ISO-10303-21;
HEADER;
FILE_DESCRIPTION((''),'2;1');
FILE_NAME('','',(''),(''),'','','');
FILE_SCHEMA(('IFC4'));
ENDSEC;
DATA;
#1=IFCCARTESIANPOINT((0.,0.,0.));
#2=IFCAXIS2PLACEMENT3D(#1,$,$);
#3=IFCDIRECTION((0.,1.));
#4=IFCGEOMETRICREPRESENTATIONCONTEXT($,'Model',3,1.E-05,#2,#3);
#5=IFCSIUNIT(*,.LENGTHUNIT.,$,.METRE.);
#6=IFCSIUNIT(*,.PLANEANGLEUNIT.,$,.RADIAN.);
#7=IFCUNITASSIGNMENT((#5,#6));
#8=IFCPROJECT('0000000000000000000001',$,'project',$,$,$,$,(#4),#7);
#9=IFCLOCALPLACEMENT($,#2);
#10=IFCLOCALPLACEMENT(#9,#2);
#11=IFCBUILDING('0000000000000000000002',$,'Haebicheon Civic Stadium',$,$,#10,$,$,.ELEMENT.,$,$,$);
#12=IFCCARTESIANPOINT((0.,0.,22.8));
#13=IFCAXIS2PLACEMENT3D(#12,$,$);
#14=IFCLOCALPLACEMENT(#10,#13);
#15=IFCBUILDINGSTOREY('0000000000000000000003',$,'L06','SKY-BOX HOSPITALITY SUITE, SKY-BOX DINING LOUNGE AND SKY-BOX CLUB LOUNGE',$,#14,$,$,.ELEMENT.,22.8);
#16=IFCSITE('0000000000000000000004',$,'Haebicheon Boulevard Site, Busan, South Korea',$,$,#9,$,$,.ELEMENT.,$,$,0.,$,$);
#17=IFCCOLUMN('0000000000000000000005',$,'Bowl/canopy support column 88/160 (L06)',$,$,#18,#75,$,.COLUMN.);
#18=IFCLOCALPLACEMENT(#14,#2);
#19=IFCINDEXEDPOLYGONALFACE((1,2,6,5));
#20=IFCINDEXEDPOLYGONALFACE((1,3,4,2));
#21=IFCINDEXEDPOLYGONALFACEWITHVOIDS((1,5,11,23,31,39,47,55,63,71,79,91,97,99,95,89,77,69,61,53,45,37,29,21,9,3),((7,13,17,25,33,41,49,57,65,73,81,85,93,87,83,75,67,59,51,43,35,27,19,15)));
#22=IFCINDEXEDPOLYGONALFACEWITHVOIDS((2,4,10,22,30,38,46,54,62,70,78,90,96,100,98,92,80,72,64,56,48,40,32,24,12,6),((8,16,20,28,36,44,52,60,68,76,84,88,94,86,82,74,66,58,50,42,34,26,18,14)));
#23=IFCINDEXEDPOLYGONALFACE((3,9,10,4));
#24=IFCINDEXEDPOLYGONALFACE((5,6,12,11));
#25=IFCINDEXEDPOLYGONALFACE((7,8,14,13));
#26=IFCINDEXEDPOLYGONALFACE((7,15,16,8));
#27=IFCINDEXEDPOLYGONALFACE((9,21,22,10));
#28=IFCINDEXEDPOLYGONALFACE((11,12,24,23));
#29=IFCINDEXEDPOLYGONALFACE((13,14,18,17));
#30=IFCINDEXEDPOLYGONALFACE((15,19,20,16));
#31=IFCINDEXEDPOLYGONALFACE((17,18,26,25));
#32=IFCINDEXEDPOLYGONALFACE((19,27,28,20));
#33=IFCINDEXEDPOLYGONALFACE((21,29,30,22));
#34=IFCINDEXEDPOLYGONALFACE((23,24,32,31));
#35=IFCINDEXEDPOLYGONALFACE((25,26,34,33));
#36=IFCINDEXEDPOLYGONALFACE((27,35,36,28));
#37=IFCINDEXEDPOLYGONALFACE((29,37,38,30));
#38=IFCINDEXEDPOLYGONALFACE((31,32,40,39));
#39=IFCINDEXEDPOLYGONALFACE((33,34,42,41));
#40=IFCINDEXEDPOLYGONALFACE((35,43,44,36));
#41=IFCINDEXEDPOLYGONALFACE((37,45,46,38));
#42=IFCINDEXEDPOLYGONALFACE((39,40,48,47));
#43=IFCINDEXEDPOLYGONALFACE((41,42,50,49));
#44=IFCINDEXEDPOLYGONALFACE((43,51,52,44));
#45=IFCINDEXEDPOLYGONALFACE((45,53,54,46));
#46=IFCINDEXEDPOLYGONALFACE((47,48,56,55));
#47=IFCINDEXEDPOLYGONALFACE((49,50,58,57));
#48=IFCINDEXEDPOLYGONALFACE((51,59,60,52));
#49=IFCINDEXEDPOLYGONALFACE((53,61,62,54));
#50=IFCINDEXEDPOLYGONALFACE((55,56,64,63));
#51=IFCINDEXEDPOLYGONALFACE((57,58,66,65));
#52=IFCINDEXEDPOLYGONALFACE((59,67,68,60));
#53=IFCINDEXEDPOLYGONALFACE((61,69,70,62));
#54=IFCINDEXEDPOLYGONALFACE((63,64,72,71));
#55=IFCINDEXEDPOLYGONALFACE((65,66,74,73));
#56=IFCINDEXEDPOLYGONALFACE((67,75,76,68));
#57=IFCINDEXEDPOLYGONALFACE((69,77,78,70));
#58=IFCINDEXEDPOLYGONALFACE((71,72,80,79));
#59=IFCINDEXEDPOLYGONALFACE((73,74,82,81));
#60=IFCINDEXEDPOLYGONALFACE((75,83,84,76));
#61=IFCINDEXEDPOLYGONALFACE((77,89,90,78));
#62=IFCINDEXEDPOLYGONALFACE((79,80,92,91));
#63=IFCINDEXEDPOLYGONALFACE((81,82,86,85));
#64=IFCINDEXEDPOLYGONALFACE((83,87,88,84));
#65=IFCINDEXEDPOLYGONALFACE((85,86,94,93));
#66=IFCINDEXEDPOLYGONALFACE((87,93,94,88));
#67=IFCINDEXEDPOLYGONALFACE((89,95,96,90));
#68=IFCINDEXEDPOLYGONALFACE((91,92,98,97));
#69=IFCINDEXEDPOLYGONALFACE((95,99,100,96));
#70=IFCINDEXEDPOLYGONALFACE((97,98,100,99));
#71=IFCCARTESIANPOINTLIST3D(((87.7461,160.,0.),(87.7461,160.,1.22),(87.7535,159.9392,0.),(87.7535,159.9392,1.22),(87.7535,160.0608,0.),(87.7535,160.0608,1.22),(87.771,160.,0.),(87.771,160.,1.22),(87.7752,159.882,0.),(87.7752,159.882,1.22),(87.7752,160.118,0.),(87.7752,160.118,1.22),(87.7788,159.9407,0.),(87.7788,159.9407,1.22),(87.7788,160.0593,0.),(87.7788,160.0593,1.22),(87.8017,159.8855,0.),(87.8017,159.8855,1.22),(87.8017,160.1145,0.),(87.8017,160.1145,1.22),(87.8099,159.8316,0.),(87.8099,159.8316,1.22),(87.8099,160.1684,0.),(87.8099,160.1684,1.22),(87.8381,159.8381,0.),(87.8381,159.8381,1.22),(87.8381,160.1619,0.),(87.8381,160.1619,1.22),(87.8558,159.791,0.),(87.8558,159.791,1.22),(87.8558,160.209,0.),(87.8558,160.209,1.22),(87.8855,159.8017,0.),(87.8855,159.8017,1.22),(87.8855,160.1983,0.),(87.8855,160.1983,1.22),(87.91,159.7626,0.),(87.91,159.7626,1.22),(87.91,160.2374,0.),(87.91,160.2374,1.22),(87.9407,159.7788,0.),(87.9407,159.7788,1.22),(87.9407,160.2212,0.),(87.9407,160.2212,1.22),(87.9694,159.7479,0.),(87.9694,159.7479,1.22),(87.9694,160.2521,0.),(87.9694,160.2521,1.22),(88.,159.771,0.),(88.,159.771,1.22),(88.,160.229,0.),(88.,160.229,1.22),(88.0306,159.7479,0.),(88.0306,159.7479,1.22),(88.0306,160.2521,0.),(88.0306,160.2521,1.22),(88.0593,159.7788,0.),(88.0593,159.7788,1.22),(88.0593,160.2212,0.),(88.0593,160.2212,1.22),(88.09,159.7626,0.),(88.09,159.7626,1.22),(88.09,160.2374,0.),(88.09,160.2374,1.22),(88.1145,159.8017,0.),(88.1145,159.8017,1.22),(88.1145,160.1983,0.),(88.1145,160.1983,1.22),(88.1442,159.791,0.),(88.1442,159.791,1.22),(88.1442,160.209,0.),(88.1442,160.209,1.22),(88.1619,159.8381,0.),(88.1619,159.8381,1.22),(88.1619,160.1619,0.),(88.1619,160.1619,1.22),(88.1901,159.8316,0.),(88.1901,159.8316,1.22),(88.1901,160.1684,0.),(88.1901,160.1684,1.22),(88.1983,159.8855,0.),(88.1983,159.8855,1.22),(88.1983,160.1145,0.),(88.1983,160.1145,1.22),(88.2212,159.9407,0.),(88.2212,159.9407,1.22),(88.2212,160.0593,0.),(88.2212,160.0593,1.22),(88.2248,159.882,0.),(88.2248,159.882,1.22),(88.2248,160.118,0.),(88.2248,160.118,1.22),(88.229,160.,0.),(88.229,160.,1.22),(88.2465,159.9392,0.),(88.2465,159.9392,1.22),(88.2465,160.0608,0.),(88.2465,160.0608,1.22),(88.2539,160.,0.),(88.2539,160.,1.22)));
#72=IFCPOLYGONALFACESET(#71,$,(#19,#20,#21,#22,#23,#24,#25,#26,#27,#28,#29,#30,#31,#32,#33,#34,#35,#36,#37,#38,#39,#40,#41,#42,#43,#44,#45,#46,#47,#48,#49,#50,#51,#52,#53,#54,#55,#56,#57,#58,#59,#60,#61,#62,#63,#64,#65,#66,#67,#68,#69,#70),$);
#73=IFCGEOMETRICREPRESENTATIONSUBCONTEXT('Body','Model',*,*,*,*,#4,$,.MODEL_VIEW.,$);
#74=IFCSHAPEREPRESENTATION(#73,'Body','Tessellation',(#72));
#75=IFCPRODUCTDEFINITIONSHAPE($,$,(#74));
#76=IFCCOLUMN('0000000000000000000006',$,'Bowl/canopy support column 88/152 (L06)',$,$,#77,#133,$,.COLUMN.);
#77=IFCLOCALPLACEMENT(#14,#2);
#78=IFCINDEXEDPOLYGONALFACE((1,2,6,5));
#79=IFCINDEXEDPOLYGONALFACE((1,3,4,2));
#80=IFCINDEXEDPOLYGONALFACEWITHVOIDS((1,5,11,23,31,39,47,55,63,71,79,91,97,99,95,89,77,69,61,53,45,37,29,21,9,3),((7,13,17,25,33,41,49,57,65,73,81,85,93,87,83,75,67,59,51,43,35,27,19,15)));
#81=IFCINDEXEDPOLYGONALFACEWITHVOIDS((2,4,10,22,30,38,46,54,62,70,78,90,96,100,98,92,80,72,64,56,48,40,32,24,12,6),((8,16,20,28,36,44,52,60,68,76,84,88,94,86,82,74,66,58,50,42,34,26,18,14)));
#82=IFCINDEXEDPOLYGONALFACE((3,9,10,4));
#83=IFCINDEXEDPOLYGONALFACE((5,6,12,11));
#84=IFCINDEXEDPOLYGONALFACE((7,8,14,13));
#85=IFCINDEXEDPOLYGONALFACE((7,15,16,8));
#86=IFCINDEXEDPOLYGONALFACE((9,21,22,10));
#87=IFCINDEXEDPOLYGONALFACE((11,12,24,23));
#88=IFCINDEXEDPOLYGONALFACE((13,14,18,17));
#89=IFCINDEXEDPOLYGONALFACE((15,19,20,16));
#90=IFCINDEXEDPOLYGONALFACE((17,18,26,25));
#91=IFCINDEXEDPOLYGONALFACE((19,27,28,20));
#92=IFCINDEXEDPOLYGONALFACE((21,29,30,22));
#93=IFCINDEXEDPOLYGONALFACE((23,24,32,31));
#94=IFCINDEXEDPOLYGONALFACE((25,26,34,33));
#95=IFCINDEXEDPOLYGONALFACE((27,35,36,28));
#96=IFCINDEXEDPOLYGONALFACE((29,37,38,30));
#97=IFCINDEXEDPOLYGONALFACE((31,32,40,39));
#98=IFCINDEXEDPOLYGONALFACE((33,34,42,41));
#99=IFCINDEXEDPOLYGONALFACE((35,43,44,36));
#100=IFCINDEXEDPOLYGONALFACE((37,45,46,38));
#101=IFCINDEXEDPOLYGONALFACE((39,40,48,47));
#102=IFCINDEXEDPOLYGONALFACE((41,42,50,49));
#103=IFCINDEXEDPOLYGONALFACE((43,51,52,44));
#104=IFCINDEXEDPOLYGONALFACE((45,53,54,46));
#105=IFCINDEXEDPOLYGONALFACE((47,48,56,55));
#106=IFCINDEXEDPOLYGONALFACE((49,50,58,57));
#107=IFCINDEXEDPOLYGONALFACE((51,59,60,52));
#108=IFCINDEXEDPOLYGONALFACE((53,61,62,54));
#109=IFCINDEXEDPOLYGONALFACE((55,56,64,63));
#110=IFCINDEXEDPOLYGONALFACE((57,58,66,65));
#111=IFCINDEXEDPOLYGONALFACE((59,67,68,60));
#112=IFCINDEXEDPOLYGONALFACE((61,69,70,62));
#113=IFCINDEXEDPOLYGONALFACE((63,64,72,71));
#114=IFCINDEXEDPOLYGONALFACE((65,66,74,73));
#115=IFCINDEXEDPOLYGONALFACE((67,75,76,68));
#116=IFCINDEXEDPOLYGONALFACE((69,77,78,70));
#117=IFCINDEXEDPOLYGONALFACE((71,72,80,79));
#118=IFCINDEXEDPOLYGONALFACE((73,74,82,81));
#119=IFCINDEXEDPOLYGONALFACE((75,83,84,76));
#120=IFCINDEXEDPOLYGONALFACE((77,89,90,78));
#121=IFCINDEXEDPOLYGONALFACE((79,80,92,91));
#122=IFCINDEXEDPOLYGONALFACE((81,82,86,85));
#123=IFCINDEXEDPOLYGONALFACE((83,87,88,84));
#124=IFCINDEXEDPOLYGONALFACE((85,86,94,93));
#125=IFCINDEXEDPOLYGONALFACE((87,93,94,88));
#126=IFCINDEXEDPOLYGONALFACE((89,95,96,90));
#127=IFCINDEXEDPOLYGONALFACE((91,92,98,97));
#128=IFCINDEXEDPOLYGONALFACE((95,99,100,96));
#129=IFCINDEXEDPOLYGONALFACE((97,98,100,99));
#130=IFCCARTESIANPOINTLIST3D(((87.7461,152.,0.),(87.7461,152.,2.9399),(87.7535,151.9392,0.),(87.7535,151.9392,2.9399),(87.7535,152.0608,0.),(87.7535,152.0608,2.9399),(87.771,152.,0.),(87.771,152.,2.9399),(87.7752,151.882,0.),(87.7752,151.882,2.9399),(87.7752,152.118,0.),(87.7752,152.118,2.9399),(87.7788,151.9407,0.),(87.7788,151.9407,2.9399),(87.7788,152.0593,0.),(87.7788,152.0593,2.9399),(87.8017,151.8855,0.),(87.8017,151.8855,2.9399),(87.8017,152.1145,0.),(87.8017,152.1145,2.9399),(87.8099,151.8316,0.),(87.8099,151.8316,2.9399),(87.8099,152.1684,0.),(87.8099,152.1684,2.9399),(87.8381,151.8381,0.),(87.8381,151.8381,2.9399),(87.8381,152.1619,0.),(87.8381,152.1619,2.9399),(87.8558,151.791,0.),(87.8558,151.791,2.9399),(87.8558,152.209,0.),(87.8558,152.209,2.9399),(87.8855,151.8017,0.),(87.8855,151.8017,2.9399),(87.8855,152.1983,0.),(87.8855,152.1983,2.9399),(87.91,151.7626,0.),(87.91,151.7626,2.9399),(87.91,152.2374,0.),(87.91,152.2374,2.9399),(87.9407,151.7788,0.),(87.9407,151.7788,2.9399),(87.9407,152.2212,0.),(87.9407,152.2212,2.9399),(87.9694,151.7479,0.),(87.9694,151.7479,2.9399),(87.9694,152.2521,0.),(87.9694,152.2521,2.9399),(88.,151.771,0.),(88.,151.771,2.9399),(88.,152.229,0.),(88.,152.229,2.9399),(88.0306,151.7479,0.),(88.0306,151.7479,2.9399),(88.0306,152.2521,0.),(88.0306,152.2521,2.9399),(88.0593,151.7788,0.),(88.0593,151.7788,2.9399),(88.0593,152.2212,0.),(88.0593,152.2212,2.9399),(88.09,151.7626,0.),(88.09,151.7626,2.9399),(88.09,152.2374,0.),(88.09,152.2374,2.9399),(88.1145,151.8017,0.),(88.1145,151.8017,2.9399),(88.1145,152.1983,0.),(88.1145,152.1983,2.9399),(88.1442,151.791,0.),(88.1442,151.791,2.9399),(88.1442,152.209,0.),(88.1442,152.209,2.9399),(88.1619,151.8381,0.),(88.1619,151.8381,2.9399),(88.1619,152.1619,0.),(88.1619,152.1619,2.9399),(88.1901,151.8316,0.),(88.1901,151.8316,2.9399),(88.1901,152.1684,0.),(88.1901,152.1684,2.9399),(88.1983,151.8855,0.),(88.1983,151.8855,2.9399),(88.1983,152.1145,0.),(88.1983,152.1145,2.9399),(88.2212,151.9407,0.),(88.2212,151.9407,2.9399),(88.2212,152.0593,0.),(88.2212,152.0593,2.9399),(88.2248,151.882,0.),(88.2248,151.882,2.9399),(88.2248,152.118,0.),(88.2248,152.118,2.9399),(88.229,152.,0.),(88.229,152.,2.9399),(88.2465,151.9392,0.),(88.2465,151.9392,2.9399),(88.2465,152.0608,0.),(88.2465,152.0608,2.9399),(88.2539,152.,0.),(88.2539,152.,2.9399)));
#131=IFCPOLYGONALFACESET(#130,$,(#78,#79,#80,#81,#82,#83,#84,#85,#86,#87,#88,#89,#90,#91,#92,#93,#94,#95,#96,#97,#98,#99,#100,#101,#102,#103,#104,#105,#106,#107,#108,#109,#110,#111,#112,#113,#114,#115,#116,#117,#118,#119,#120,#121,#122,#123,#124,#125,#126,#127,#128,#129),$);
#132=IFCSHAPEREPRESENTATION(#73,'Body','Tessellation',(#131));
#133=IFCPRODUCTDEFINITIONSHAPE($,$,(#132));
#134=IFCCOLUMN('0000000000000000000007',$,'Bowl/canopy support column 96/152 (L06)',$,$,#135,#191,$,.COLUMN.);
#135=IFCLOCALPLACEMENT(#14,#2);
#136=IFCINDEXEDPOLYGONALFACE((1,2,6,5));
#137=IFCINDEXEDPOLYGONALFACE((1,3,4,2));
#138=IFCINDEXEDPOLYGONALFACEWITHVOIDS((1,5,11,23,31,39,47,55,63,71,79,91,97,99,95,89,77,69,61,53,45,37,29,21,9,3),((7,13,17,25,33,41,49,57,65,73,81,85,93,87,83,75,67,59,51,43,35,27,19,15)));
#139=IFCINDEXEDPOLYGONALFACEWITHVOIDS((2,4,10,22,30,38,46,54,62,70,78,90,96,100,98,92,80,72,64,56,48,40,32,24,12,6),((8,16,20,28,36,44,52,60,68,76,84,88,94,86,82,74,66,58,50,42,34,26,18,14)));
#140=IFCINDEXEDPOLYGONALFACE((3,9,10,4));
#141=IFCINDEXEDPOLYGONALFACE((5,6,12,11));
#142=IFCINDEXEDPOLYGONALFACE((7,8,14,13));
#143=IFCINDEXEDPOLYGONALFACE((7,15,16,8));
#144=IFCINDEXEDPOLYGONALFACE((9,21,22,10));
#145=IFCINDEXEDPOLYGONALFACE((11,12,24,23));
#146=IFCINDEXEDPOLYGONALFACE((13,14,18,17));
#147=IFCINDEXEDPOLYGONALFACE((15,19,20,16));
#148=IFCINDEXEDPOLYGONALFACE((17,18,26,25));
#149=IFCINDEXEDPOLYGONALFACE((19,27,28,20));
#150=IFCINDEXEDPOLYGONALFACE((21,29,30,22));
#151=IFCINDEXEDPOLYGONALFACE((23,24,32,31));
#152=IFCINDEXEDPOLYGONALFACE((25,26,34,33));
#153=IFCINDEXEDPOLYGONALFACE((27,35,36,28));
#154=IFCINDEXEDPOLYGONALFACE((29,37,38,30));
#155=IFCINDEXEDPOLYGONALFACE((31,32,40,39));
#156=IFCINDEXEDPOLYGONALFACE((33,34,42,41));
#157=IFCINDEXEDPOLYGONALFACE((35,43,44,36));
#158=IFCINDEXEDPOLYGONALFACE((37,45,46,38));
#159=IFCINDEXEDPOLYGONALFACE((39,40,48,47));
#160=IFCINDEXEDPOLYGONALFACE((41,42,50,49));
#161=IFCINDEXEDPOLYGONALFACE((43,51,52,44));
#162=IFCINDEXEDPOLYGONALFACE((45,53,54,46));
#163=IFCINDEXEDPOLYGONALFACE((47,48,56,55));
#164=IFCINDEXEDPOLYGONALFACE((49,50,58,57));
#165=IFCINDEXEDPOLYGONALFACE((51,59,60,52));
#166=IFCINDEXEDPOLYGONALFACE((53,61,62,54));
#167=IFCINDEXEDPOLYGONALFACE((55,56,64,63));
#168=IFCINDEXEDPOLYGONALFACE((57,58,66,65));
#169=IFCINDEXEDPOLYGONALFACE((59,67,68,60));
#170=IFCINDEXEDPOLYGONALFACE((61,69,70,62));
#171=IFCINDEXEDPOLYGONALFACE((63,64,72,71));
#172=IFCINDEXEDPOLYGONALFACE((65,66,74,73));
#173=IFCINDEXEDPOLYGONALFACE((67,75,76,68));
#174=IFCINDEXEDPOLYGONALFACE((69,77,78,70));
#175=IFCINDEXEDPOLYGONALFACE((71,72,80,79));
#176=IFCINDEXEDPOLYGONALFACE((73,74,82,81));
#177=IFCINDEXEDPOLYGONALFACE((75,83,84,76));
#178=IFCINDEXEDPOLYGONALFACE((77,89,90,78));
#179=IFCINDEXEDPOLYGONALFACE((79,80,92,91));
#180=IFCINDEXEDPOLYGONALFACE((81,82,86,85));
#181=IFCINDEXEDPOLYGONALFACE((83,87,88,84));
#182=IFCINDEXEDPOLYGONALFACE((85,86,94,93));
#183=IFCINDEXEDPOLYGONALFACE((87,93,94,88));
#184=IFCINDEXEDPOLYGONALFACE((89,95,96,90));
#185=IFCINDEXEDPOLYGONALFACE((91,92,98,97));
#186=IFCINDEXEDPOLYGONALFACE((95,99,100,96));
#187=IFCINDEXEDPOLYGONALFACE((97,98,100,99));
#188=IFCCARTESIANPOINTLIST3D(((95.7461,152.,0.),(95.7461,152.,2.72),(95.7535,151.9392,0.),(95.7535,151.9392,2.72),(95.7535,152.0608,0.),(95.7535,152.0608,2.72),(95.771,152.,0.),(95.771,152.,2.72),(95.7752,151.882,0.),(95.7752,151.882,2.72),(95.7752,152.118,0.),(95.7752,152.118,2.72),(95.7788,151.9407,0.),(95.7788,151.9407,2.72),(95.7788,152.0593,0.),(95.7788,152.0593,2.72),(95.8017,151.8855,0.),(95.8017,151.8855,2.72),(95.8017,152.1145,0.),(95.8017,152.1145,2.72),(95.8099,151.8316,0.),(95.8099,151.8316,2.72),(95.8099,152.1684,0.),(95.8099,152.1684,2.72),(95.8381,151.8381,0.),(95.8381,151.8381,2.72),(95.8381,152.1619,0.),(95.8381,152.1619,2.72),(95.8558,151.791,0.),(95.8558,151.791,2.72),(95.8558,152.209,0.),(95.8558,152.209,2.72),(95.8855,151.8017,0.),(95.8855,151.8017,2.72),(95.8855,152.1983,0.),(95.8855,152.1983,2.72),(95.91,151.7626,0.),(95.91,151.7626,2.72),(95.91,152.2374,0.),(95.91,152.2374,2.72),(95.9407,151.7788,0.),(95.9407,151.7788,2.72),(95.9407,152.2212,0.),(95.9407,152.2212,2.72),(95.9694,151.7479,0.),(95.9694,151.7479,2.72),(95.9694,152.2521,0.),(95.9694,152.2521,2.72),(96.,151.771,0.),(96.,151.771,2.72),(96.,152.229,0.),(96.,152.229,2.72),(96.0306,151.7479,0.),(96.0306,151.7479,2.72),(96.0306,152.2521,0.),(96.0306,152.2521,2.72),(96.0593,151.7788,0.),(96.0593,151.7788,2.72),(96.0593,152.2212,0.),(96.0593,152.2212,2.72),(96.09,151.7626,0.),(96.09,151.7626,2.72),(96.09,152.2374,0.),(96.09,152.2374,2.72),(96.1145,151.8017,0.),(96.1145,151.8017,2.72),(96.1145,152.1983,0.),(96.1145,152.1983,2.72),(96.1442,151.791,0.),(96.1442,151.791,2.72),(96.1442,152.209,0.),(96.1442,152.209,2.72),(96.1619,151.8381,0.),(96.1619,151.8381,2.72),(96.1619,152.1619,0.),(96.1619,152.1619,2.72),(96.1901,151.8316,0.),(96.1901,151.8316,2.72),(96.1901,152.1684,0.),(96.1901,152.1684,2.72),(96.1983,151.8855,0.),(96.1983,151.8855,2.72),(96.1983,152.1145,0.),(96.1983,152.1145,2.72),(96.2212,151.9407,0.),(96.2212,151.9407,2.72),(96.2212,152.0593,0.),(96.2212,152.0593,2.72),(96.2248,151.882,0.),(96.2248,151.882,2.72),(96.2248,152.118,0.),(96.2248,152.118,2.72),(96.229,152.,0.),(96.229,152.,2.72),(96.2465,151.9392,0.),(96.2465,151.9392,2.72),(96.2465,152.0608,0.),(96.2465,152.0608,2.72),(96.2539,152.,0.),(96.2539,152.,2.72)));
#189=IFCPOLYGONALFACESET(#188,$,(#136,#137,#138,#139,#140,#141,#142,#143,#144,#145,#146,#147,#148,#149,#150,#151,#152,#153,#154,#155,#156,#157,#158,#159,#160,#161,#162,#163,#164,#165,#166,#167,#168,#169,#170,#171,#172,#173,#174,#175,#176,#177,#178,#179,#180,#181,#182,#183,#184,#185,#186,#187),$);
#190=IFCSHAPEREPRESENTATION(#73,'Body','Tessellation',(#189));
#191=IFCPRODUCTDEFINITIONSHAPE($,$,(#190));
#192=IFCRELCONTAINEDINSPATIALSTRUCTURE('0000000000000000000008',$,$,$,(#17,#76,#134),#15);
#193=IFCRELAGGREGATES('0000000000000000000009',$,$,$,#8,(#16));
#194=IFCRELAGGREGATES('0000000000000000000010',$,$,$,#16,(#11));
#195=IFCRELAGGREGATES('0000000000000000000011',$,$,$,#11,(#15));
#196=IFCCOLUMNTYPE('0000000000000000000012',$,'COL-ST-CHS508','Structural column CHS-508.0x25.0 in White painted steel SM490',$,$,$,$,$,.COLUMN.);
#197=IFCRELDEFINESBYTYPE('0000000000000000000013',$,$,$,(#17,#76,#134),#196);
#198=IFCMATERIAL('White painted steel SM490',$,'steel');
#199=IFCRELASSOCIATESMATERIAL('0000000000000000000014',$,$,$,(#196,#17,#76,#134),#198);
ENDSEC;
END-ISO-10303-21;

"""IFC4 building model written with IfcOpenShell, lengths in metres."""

from ifc_helpers import new_model, si_unit, direction, frame, origin, origin_2d, place, context, subcontext, project, spatial, hollow_circle, extrude, material, material_profile, profile_set, type_object, element, save


model = new_model("IFC4")

# Units and contexts
model_context = context("Model", 3, precision=1e-05, world=origin(), true_north=direction((0.0, 1.0)))
body_context = subcontext(model_context, "Body", "Model", "MODEL_VIEW")
ifc_project = project(units=[si_unit("LENGTHUNIT", "METRE"), si_unit("PLANEANGLEUNIT", "RADIAN")], contexts=[model_context])

# Site, building, storey
site_placement = place(None, origin())
site = spatial("IfcSite", under=ifc_project, at=site_placement, Name="Haebicheon Boulevard Site, Busan, South Korea", CompositionType="ELEMENT", RefElevation=0.0)
building_placement = place(site_placement, origin())
building = spatial("IfcBuilding", under=site, at=building_placement, Name="Haebicheon Civic Stadium", CompositionType="ELEMENT")
storey_placement = place(building_placement, frame((0.0, 0.0, 22.8)))
storey = spatial("IfcBuildingStorey", under=building, at=storey_placement, Name="L06", Description="SKY-BOX HOSPITALITY SUITE, SKY-BOX DINING LOUNGE AND SKY-BOX CLUB LOUNGE", CompositionType="ELEMENT", Elevation=22.8)

# Columns
ifc_material_1 = material(Name="White painted steel SM490", Category="steel")
ifc_material_profile_1 = material_profile(ifc_material_1, hollow_circle(Radius=0.2539, WallThickness=0.0249, at=origin_2d()), Name="CHS-508.0x25.0")
ifc_profile_set_1 = profile_set([ifc_material_profile_1], Name="White painted steel SM490")
column_type = type_object("IfcColumnType", Name="COL-ST-CHS508", Description="Structural column CHS-508.0x25.0 in White painted steel SM490", PredefinedType="COLUMN", material=ifc_profile_set_1)
column_1_placement = place(storey_placement, frame((88.0, 160.0, 0.0), z_axis=(0.0, 0.0, 1.0), x_axis=(1.0, 0.0, 0.0)))
element("IfcColumn", 1, at=column_1_placement, inside=storey, type_object=column_type, material=ifc_profile_set_1, Name="Bowl/canopy support column 88/160 (L06)", PredefinedType="COLUMN", context=body_context, shape_type="SweptSolid", body=[
    extrude(hollow_circle(Radius=0.2539, WallThickness=0.0249, at=origin_2d()), origin(), (0.0, 0.0, 1.0), 1.22),
])
column_2_placement = place(storey_placement, frame((88.0, 152.0, 0.0), z_axis=(0.0, 0.0, 1.0), x_axis=(1.0, 0.0, 0.0)))
element("IfcColumn", 2, at=column_2_placement, inside=storey, type_object=column_type, material=ifc_profile_set_1, Name="Bowl/canopy support column 88/152 (L06)", PredefinedType="COLUMN", context=body_context, shape_type="SweptSolid", body=[
    extrude(hollow_circle(Radius=0.2539, WallThickness=0.0249, at=origin_2d()), origin(), (0.0, 0.0, 1.0), 2.9399),
])
column_3_placement = place(storey_placement, frame((96.0, 152.0, 0.0), z_axis=(0.0, 0.0, 1.0), x_axis=(1.0, 0.0, 0.0)))
element("IfcColumn", 3, at=column_3_placement, inside=storey, type_object=column_type, material=ifc_profile_set_1, Name="Bowl/canopy support column 96/152 (L06)", PredefinedType="COLUMN", context=body_context, shape_type="SweptSolid", body=[
    extrude(hollow_circle(Radius=0.2539, WallThickness=0.0249, at=origin_2d()), origin(), (0.0, 0.0, 1.0), 2.72),
])

save(model, "model.ifc")
